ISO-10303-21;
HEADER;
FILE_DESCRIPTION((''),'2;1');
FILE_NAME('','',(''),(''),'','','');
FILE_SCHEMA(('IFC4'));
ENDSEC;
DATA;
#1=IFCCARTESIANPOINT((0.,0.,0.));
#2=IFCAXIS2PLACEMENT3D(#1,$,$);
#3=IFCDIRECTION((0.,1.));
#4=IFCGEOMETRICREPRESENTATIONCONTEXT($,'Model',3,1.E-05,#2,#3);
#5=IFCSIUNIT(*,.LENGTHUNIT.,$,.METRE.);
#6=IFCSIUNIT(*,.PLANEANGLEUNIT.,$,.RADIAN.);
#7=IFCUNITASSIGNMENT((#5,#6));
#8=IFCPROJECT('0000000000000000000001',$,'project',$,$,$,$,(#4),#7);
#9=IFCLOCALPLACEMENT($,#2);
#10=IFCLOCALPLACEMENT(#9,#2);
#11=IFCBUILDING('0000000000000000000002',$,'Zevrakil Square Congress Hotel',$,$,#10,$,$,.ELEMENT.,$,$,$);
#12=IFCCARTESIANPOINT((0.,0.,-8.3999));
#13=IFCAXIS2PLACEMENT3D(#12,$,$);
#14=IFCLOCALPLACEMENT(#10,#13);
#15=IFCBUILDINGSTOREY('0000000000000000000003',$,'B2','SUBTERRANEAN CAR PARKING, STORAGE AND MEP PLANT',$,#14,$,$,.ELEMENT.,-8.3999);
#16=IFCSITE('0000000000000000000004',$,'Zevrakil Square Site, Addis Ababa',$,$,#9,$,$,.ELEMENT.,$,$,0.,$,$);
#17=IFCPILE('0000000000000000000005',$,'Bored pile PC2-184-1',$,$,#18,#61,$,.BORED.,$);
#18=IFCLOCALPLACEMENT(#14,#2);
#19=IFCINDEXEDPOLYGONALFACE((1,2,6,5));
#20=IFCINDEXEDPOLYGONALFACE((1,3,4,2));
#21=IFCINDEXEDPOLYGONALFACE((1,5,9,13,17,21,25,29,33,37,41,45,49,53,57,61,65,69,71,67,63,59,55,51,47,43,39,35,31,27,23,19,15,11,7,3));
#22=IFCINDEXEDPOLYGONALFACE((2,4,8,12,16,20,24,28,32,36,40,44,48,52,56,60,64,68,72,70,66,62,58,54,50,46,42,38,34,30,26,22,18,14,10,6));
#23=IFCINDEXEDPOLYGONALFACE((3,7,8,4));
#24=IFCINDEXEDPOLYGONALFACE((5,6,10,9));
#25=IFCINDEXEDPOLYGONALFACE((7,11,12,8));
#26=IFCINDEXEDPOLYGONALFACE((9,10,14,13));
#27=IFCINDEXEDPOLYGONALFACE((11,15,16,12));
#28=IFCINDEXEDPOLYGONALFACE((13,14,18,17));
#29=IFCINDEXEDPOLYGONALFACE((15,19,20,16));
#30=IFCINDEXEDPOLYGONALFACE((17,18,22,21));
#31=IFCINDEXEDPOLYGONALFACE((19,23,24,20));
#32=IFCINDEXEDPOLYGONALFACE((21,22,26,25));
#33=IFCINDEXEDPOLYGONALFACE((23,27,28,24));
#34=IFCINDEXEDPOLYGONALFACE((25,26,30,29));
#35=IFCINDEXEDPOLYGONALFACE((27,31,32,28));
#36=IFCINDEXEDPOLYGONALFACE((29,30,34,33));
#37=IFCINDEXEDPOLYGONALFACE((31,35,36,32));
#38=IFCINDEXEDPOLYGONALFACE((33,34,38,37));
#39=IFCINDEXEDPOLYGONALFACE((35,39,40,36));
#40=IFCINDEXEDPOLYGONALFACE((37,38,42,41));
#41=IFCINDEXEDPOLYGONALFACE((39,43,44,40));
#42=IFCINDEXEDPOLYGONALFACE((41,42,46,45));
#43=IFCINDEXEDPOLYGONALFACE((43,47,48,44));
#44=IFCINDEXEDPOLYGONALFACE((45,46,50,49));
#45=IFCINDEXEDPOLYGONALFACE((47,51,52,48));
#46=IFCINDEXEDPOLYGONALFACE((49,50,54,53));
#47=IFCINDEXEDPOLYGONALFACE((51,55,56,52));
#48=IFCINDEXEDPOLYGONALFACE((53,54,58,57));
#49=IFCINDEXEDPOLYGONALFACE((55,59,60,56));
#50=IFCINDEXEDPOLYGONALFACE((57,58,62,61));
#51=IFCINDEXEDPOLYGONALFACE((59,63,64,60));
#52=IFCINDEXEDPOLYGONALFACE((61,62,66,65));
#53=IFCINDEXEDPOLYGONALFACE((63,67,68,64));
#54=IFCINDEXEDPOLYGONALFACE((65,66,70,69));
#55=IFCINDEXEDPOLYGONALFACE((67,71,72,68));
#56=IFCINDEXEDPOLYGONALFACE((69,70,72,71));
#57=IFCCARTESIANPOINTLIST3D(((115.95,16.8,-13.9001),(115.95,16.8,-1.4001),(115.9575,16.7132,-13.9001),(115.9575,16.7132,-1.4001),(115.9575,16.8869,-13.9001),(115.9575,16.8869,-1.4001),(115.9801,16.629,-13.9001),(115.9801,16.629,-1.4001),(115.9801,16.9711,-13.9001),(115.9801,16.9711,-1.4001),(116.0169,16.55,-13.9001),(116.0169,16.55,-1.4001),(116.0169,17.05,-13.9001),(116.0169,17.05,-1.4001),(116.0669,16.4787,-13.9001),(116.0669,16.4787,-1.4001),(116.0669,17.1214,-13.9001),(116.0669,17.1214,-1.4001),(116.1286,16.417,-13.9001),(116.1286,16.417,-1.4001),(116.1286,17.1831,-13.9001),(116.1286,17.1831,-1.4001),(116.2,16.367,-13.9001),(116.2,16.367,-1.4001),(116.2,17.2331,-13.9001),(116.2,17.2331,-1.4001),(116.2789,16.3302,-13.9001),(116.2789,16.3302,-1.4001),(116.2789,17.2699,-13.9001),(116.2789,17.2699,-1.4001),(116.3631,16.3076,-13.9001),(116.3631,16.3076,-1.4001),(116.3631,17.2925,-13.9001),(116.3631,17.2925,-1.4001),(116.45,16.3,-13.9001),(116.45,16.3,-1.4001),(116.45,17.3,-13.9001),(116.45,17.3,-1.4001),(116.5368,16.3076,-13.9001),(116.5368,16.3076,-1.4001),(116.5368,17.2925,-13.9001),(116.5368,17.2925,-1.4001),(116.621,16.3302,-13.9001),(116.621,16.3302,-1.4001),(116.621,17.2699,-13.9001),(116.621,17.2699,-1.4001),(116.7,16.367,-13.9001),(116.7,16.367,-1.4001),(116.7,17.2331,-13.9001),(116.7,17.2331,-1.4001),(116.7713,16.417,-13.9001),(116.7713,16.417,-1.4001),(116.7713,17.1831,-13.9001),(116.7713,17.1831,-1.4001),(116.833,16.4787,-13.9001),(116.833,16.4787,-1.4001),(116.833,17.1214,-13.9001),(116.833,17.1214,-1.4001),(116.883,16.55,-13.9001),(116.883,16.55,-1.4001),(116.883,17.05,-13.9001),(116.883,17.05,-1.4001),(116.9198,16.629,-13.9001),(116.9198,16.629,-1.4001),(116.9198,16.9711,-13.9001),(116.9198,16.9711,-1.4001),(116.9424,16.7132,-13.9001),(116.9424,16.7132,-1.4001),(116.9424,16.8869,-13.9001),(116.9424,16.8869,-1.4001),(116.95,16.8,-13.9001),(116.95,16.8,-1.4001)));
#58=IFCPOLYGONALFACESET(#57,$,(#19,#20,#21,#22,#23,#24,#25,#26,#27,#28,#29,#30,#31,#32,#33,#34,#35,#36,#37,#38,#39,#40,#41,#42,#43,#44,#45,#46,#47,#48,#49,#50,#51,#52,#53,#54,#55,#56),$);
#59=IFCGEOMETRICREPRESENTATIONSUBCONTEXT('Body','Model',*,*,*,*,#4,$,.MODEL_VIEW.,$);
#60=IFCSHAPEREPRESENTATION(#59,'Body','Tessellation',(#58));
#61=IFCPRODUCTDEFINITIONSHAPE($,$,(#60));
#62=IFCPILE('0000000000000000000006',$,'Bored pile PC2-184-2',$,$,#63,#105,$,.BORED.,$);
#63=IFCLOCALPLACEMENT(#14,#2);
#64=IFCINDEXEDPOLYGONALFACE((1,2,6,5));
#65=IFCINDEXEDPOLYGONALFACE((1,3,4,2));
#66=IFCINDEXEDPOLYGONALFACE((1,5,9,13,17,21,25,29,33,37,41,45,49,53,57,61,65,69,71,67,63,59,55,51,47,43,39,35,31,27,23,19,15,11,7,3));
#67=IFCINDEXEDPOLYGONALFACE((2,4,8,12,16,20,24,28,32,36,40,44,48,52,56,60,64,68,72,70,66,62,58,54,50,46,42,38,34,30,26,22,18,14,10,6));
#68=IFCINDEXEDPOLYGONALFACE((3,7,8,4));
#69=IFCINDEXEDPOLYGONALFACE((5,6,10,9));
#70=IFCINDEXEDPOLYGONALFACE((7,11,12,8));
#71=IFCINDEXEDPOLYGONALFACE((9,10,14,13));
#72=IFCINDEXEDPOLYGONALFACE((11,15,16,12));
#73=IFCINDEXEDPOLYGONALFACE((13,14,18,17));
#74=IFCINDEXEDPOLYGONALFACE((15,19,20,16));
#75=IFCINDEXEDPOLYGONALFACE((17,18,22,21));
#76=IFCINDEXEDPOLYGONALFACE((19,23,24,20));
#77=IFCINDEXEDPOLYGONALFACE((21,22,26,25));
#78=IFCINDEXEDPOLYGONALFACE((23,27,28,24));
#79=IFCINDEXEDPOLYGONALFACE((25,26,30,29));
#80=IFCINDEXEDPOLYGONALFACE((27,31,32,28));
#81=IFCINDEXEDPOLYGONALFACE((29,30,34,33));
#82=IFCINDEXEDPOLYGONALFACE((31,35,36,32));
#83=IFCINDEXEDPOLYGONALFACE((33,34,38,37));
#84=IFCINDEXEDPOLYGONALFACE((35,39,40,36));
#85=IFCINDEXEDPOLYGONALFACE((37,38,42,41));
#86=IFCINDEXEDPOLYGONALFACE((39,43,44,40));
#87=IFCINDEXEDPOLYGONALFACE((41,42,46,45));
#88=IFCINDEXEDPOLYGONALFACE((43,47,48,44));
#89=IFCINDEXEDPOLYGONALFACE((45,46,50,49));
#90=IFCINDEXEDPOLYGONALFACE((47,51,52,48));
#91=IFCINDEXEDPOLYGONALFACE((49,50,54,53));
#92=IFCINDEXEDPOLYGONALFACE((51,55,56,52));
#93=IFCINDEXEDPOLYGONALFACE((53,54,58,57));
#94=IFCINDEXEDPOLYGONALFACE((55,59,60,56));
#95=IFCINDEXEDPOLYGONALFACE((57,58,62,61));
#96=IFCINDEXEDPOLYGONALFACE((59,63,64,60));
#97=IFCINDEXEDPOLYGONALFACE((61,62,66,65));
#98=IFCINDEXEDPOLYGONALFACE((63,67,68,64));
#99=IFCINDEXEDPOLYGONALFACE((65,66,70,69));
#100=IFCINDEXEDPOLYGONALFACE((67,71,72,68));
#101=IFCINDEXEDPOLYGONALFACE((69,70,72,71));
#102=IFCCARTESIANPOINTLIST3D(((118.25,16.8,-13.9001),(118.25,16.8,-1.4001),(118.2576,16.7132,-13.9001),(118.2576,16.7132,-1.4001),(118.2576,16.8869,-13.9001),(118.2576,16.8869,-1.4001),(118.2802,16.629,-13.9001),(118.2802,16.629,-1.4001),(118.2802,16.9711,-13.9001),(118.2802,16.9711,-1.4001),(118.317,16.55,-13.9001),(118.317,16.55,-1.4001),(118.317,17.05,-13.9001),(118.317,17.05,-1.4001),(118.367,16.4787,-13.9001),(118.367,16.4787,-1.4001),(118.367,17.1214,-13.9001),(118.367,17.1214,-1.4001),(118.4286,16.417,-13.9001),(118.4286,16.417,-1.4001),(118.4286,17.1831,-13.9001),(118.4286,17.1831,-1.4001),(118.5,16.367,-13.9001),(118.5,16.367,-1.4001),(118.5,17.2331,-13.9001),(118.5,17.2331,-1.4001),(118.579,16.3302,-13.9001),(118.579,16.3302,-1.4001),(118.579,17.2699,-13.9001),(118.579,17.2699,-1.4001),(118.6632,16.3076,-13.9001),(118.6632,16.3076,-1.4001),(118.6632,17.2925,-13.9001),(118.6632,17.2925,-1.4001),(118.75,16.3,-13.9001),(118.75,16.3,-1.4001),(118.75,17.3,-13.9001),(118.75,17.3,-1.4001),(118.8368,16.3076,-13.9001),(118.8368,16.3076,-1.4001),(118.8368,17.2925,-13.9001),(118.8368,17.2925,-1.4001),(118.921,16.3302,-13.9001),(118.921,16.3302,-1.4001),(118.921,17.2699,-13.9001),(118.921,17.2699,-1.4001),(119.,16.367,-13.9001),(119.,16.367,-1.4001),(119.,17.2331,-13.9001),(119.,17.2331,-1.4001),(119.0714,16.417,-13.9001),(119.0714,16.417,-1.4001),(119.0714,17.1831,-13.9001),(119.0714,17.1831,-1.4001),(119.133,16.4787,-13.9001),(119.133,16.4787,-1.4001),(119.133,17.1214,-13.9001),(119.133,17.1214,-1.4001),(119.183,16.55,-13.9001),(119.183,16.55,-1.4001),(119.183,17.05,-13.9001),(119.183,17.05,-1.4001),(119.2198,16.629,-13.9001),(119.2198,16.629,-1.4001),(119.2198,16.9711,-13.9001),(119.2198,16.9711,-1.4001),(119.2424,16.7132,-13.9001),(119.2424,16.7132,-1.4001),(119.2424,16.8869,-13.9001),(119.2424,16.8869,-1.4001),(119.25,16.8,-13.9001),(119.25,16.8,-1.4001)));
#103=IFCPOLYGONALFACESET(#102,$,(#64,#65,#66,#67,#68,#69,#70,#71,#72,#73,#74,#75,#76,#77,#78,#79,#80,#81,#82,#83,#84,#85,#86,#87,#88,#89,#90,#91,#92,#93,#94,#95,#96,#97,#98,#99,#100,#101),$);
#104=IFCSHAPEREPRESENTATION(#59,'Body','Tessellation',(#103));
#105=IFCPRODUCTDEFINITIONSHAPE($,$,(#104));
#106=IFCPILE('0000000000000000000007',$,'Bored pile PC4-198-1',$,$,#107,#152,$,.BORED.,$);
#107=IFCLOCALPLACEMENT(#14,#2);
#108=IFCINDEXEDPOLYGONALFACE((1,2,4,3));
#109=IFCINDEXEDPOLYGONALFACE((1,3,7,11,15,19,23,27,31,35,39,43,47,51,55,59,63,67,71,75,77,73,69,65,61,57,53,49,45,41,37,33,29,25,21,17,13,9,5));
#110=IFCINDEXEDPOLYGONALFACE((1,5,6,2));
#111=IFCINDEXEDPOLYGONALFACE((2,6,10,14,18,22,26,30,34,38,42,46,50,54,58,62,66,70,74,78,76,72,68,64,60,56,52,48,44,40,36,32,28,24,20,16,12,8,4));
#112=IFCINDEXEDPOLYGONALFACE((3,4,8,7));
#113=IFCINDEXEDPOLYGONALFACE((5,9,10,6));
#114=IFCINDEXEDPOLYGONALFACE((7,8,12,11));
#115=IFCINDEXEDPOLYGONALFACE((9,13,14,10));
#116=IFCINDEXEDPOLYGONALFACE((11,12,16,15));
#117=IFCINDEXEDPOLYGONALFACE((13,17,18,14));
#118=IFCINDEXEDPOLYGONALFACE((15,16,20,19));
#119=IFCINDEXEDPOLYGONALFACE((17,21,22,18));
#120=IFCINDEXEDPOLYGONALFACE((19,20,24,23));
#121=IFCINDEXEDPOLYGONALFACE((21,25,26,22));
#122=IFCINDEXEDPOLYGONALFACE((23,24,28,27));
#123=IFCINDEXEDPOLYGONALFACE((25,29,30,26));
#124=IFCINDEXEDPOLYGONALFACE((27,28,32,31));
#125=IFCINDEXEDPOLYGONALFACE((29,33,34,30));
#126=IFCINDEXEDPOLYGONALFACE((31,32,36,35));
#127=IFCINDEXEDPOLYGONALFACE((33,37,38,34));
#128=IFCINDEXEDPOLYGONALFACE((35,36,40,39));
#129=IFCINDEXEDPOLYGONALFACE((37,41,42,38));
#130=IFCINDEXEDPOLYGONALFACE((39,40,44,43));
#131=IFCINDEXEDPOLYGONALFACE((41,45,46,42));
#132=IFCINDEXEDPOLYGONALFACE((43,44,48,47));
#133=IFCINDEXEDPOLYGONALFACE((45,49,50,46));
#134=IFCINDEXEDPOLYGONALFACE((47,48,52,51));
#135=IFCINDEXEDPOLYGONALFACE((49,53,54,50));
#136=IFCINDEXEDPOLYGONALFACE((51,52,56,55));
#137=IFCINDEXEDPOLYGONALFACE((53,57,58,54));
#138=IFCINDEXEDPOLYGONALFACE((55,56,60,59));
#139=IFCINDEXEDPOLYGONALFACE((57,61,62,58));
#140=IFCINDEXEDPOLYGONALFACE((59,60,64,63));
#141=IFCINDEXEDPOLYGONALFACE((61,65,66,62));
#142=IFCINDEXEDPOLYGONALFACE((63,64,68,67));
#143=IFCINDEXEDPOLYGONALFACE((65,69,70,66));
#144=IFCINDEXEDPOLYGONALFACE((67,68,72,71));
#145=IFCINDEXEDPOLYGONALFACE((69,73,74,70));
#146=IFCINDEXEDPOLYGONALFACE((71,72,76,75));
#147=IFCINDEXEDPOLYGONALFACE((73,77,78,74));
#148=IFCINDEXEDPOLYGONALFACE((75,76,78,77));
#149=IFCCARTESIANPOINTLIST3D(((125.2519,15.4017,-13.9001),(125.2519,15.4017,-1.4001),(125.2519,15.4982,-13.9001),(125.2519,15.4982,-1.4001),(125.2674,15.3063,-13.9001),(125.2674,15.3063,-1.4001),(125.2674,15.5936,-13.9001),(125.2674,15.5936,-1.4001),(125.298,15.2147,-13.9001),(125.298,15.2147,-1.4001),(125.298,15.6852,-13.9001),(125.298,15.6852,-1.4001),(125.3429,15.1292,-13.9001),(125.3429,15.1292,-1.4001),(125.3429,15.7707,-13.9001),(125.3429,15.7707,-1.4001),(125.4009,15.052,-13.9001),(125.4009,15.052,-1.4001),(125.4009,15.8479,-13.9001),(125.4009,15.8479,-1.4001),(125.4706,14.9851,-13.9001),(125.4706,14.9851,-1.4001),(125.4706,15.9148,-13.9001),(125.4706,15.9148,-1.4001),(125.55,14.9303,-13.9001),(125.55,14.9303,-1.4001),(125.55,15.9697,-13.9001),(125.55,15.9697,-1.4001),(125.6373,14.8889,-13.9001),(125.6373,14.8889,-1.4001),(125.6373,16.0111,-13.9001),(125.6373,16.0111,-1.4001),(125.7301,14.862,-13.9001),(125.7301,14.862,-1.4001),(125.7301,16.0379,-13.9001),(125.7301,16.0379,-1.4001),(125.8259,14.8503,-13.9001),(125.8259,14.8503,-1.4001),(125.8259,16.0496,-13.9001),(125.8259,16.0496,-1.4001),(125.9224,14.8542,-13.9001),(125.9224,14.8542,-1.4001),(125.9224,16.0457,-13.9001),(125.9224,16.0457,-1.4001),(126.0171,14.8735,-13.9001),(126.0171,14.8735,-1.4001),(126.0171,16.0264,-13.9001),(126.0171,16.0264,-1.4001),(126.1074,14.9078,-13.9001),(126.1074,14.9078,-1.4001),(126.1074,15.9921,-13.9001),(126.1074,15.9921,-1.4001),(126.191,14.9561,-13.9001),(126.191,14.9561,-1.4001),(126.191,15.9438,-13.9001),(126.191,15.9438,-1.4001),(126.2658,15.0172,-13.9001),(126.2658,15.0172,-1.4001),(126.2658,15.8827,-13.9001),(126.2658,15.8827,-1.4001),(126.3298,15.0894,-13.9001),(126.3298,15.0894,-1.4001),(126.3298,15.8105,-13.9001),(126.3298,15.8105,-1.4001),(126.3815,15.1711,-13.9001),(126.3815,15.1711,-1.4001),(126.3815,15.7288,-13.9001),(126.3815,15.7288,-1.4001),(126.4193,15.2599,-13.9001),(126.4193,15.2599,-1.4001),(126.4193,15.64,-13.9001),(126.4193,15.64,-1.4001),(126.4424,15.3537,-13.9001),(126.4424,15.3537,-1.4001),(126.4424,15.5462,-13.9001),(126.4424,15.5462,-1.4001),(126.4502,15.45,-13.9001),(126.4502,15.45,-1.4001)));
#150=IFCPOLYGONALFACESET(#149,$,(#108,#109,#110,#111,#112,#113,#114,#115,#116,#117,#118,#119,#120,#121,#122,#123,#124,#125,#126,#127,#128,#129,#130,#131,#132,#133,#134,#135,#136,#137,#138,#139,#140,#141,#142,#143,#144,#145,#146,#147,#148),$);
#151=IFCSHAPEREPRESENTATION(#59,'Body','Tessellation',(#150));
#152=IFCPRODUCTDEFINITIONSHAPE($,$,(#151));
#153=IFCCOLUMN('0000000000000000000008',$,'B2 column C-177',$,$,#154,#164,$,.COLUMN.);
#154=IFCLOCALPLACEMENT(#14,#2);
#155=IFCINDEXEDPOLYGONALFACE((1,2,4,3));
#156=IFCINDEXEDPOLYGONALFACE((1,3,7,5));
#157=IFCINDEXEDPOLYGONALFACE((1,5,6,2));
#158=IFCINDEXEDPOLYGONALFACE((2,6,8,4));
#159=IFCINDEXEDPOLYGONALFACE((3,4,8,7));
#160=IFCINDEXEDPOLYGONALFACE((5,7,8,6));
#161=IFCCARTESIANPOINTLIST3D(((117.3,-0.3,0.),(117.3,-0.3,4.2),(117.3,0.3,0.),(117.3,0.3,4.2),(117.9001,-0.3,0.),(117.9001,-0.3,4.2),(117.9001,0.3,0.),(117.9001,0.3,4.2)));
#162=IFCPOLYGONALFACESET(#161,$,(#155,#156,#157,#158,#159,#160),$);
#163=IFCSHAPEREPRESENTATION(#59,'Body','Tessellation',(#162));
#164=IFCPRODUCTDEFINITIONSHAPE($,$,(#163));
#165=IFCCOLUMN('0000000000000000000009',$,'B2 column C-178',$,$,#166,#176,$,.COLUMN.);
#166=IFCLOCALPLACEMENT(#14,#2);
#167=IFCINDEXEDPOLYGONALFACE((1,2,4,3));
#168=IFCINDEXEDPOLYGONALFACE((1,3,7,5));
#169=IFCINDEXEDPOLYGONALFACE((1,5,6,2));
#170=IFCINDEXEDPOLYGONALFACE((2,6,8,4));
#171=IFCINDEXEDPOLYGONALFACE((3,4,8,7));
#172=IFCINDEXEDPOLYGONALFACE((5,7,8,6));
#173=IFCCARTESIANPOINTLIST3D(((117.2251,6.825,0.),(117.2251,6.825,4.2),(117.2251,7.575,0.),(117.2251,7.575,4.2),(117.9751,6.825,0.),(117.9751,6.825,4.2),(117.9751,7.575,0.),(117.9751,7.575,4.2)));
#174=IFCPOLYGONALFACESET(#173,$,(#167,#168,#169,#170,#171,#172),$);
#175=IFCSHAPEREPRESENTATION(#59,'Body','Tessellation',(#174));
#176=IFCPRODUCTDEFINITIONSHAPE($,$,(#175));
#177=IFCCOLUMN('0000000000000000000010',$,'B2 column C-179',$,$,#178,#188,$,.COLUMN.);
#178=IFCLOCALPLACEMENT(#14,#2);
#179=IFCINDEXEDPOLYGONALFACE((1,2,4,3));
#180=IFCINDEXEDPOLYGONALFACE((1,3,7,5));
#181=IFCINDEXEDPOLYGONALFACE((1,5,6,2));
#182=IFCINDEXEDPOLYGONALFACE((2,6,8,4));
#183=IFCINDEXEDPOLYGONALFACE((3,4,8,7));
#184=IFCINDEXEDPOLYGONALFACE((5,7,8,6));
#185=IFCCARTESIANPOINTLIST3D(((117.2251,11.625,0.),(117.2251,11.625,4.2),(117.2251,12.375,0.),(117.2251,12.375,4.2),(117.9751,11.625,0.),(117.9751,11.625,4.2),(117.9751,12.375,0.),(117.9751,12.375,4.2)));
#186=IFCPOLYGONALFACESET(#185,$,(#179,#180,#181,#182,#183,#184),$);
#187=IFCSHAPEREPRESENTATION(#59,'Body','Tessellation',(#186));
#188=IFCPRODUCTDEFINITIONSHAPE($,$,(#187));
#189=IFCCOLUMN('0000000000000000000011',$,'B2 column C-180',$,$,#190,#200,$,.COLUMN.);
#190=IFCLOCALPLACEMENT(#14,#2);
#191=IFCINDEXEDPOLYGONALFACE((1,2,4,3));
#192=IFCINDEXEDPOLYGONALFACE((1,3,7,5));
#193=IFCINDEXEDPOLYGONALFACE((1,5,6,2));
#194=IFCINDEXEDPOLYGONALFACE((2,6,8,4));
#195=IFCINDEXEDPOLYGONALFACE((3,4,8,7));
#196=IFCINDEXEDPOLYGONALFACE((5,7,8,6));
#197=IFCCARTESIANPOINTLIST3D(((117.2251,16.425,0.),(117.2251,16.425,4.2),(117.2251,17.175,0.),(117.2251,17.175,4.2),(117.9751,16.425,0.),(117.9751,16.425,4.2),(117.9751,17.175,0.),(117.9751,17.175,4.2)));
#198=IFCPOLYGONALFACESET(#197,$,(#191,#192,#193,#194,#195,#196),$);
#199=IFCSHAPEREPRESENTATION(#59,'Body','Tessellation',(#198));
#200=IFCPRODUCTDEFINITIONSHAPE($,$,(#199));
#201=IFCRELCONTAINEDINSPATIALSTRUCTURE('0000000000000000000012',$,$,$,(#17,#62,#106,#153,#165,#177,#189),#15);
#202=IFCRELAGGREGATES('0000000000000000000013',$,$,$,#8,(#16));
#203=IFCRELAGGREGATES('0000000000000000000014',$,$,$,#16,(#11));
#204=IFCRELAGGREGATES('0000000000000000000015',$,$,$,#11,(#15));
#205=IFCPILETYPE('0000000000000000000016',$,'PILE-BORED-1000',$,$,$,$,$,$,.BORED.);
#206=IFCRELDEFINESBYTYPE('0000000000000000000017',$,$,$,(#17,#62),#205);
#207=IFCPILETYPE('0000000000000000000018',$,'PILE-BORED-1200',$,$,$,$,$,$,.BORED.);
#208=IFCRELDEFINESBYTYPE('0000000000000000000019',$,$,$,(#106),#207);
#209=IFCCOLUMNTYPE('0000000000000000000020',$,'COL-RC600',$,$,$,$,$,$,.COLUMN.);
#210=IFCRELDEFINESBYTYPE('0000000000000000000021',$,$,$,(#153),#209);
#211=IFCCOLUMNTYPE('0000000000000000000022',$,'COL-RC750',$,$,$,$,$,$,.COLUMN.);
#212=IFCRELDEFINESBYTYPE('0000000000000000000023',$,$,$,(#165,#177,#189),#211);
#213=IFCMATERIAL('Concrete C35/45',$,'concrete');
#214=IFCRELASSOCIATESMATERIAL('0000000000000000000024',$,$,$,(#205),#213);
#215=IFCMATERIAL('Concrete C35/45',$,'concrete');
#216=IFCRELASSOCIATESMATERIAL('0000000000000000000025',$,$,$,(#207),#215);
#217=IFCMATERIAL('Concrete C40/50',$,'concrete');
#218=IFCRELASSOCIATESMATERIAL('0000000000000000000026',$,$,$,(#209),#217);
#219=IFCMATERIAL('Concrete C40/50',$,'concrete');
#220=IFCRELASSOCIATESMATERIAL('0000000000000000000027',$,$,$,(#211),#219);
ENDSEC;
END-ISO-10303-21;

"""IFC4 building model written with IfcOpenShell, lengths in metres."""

from ifc_helpers import new_model, si_unit, direction, frame, origin, origin_2d, place, context, subcontext, project, spatial, rectangle, circle, extrude, material, material_profile, profile_set, type_object, element, save


model = new_model("IFC4")

# Units and contexts
model_context = context("Model", 3, precision=1e-05, world=origin(), true_north=direction((0.0, 1.0)))
body_context = subcontext(model_context, "Body", "Model", "MODEL_VIEW")
ifc_project = project(units=[si_unit("LENGTHUNIT", "METRE"), si_unit("PLANEANGLEUNIT", "RADIAN")], contexts=[model_context])

# Site, building, storey
site_placement = place(None, origin())
site = spatial("IfcSite", under=ifc_project, at=site_placement, Name="Zevrakil Square Site, Addis Ababa", CompositionType="ELEMENT", RefElevation=0.0)
building_placement = place(site_placement, origin())
building = spatial("IfcBuilding", under=site, at=building_placement, Name="Zevrakil Square Congress Hotel", CompositionType="ELEMENT")
storey_placement = place(building_placement, frame((0.0, 0.0, -8.3999)))
storey = spatial("IfcBuildingStorey", under=building, at=storey_placement, Name="B2", Description="SUBTERRANEAN CAR PARKING, STORAGE AND MEP PLANT", CompositionType="ELEMENT", Elevation=-8.3999)

# Piles
ifc_material_1 = material(Name="Concrete C35/45", Category="concrete")
ifc_material_profile_1 = material_profile(ifc_material_1, circle(Radius=0.5, at=origin_2d()), Name="PILE D1000")
ifc_profile_set_1 = profile_set([ifc_material_profile_1], Name="Concrete C35/45")
pile_type_1 = type_object("IfcPileType", Name="PILE-BORED-1000", PredefinedType="BORED", material=ifc_profile_set_1)
for number, where, z_axis, x_axis, name in (
    (1, (116.45, 16.8, -1.4001), (0.0, 0.0, -1.0), (1.0, 0.0, 0.0), "Bored pile PC2-184-1"),
    (2, (118.75, 16.8, -1.4001), (0.0, 0.0, -1.0), (1.0, 0.0, 0.0), "Bored pile PC2-184-2"),
):
    element("IfcPile", number, at=place(storey_placement, frame(where, z_axis=z_axis, x_axis=x_axis)), inside=storey, type_object=pile_type_1, Name=name, PredefinedType="BORED", context=body_context, shape_type="SweptSolid", body=[
        extrude(circle(Radius=0.5, at=origin_2d()), origin(), (0.0, 0.0, 1.0), 12.5),
    ])
ifc_material_2 = material(Name="Concrete C35/45", Category="concrete")
ifc_material_profile_2 = material_profile(ifc_material_2, circle(Radius=0.6001, at=origin_2d()), Name="PILE D1200")
ifc_profile_set_2 = profile_set([ifc_material_profile_2], Name="Concrete C35/45")
pile_type_2 = type_object("IfcPileType", Name="PILE-BORED-1200", PredefinedType="BORED", material=ifc_profile_set_2)
pile_placement = place(storey_placement, frame((125.8501, 15.45, -1.4001), z_axis=(0.0, 0.0, -1.0), x_axis=(1.0, 0.0, 0.0)))
element("IfcPile", 3, at=pile_placement, inside=storey, type_object=pile_type_2, Name="Bored pile PC4-198-1", PredefinedType="BORED", context=body_context, shape_type="SweptSolid", body=[
    extrude(circle(Radius=0.6001, at=origin_2d()), origin(), (0.0, 0.0, 1.0), 12.5),
])

# Columns
ifc_material_3 = material(Name="Concrete C40/50", Category="concrete")
ifc_material_profile_3 = material_profile(ifc_material_3, rectangle(XDim=0.6001, YDim=0.6001, at=origin_2d()), Name="RC 600x600")
ifc_profile_set_3 = profile_set([ifc_material_profile_3], Name="Concrete C40/50")
column_type_1 = type_object("IfcColumnType", Name="COL-RC600", PredefinedType="COLUMN", material=ifc_profile_set_3)
column_placement = place(storey_placement, frame((117.6001, 0.0, 0.0), z_axis=(0.0, 0.0, 1.0), x_axis=(1.0, 0.0, 0.0)))
element("IfcColumn", 4, at=column_placement, inside=storey, type_object=column_type_1, Name="B2 column C-177", PredefinedType="COLUMN", context=body_context, shape_type="SweptSolid", body=[
    extrude(rectangle(XDim=0.6001, YDim=0.6001, at=origin_2d()), origin(), (0.0, 0.0, 1.0), 4.2),
])
ifc_material_4 = material(Name="Concrete C40/50", Category="concrete")
ifc_material_profile_4 = material_profile(ifc_material_4, rectangle(XDim=0.75, YDim=0.75, at=origin_2d()), Name="RC 750x750")
ifc_profile_set_4 = profile_set([ifc_material_profile_4], Name="Concrete C40/50")
column_type_2 = type_object("IfcColumnType", Name="COL-RC750", PredefinedType="COLUMN", material=ifc_profile_set_4)
for number, where, z_axis, x_axis, name in (
    (5, (117.6001, 7.2, 0.0), (0.0, 0.0, 1.0), (1.0, 0.0, 0.0), "B2 column C-178"),
    (6, (117.6001, 12.0, 0.0), (0.0, 0.0, 1.0), (1.0, 0.0, 0.0), "B2 column C-179"),
    (7, (117.6001, 16.8, 0.0), (0.0, 0.0, 1.0), (1.0, 0.0, 0.0), "B2 column C-180"),
):
    element("IfcColumn", number, at=place(storey_placement, frame(where, z_axis=z_axis, x_axis=x_axis)), inside=storey, type_object=column_type_2, Name=name, PredefinedType="COLUMN", context=body_context, shape_type="SweptSolid", body=[
        extrude(rectangle(XDim=0.75, YDim=0.75, at=origin_2d()), origin(), (0.0, 0.0, 1.0), 4.2),
    ])

save(model, "model.ifc")
